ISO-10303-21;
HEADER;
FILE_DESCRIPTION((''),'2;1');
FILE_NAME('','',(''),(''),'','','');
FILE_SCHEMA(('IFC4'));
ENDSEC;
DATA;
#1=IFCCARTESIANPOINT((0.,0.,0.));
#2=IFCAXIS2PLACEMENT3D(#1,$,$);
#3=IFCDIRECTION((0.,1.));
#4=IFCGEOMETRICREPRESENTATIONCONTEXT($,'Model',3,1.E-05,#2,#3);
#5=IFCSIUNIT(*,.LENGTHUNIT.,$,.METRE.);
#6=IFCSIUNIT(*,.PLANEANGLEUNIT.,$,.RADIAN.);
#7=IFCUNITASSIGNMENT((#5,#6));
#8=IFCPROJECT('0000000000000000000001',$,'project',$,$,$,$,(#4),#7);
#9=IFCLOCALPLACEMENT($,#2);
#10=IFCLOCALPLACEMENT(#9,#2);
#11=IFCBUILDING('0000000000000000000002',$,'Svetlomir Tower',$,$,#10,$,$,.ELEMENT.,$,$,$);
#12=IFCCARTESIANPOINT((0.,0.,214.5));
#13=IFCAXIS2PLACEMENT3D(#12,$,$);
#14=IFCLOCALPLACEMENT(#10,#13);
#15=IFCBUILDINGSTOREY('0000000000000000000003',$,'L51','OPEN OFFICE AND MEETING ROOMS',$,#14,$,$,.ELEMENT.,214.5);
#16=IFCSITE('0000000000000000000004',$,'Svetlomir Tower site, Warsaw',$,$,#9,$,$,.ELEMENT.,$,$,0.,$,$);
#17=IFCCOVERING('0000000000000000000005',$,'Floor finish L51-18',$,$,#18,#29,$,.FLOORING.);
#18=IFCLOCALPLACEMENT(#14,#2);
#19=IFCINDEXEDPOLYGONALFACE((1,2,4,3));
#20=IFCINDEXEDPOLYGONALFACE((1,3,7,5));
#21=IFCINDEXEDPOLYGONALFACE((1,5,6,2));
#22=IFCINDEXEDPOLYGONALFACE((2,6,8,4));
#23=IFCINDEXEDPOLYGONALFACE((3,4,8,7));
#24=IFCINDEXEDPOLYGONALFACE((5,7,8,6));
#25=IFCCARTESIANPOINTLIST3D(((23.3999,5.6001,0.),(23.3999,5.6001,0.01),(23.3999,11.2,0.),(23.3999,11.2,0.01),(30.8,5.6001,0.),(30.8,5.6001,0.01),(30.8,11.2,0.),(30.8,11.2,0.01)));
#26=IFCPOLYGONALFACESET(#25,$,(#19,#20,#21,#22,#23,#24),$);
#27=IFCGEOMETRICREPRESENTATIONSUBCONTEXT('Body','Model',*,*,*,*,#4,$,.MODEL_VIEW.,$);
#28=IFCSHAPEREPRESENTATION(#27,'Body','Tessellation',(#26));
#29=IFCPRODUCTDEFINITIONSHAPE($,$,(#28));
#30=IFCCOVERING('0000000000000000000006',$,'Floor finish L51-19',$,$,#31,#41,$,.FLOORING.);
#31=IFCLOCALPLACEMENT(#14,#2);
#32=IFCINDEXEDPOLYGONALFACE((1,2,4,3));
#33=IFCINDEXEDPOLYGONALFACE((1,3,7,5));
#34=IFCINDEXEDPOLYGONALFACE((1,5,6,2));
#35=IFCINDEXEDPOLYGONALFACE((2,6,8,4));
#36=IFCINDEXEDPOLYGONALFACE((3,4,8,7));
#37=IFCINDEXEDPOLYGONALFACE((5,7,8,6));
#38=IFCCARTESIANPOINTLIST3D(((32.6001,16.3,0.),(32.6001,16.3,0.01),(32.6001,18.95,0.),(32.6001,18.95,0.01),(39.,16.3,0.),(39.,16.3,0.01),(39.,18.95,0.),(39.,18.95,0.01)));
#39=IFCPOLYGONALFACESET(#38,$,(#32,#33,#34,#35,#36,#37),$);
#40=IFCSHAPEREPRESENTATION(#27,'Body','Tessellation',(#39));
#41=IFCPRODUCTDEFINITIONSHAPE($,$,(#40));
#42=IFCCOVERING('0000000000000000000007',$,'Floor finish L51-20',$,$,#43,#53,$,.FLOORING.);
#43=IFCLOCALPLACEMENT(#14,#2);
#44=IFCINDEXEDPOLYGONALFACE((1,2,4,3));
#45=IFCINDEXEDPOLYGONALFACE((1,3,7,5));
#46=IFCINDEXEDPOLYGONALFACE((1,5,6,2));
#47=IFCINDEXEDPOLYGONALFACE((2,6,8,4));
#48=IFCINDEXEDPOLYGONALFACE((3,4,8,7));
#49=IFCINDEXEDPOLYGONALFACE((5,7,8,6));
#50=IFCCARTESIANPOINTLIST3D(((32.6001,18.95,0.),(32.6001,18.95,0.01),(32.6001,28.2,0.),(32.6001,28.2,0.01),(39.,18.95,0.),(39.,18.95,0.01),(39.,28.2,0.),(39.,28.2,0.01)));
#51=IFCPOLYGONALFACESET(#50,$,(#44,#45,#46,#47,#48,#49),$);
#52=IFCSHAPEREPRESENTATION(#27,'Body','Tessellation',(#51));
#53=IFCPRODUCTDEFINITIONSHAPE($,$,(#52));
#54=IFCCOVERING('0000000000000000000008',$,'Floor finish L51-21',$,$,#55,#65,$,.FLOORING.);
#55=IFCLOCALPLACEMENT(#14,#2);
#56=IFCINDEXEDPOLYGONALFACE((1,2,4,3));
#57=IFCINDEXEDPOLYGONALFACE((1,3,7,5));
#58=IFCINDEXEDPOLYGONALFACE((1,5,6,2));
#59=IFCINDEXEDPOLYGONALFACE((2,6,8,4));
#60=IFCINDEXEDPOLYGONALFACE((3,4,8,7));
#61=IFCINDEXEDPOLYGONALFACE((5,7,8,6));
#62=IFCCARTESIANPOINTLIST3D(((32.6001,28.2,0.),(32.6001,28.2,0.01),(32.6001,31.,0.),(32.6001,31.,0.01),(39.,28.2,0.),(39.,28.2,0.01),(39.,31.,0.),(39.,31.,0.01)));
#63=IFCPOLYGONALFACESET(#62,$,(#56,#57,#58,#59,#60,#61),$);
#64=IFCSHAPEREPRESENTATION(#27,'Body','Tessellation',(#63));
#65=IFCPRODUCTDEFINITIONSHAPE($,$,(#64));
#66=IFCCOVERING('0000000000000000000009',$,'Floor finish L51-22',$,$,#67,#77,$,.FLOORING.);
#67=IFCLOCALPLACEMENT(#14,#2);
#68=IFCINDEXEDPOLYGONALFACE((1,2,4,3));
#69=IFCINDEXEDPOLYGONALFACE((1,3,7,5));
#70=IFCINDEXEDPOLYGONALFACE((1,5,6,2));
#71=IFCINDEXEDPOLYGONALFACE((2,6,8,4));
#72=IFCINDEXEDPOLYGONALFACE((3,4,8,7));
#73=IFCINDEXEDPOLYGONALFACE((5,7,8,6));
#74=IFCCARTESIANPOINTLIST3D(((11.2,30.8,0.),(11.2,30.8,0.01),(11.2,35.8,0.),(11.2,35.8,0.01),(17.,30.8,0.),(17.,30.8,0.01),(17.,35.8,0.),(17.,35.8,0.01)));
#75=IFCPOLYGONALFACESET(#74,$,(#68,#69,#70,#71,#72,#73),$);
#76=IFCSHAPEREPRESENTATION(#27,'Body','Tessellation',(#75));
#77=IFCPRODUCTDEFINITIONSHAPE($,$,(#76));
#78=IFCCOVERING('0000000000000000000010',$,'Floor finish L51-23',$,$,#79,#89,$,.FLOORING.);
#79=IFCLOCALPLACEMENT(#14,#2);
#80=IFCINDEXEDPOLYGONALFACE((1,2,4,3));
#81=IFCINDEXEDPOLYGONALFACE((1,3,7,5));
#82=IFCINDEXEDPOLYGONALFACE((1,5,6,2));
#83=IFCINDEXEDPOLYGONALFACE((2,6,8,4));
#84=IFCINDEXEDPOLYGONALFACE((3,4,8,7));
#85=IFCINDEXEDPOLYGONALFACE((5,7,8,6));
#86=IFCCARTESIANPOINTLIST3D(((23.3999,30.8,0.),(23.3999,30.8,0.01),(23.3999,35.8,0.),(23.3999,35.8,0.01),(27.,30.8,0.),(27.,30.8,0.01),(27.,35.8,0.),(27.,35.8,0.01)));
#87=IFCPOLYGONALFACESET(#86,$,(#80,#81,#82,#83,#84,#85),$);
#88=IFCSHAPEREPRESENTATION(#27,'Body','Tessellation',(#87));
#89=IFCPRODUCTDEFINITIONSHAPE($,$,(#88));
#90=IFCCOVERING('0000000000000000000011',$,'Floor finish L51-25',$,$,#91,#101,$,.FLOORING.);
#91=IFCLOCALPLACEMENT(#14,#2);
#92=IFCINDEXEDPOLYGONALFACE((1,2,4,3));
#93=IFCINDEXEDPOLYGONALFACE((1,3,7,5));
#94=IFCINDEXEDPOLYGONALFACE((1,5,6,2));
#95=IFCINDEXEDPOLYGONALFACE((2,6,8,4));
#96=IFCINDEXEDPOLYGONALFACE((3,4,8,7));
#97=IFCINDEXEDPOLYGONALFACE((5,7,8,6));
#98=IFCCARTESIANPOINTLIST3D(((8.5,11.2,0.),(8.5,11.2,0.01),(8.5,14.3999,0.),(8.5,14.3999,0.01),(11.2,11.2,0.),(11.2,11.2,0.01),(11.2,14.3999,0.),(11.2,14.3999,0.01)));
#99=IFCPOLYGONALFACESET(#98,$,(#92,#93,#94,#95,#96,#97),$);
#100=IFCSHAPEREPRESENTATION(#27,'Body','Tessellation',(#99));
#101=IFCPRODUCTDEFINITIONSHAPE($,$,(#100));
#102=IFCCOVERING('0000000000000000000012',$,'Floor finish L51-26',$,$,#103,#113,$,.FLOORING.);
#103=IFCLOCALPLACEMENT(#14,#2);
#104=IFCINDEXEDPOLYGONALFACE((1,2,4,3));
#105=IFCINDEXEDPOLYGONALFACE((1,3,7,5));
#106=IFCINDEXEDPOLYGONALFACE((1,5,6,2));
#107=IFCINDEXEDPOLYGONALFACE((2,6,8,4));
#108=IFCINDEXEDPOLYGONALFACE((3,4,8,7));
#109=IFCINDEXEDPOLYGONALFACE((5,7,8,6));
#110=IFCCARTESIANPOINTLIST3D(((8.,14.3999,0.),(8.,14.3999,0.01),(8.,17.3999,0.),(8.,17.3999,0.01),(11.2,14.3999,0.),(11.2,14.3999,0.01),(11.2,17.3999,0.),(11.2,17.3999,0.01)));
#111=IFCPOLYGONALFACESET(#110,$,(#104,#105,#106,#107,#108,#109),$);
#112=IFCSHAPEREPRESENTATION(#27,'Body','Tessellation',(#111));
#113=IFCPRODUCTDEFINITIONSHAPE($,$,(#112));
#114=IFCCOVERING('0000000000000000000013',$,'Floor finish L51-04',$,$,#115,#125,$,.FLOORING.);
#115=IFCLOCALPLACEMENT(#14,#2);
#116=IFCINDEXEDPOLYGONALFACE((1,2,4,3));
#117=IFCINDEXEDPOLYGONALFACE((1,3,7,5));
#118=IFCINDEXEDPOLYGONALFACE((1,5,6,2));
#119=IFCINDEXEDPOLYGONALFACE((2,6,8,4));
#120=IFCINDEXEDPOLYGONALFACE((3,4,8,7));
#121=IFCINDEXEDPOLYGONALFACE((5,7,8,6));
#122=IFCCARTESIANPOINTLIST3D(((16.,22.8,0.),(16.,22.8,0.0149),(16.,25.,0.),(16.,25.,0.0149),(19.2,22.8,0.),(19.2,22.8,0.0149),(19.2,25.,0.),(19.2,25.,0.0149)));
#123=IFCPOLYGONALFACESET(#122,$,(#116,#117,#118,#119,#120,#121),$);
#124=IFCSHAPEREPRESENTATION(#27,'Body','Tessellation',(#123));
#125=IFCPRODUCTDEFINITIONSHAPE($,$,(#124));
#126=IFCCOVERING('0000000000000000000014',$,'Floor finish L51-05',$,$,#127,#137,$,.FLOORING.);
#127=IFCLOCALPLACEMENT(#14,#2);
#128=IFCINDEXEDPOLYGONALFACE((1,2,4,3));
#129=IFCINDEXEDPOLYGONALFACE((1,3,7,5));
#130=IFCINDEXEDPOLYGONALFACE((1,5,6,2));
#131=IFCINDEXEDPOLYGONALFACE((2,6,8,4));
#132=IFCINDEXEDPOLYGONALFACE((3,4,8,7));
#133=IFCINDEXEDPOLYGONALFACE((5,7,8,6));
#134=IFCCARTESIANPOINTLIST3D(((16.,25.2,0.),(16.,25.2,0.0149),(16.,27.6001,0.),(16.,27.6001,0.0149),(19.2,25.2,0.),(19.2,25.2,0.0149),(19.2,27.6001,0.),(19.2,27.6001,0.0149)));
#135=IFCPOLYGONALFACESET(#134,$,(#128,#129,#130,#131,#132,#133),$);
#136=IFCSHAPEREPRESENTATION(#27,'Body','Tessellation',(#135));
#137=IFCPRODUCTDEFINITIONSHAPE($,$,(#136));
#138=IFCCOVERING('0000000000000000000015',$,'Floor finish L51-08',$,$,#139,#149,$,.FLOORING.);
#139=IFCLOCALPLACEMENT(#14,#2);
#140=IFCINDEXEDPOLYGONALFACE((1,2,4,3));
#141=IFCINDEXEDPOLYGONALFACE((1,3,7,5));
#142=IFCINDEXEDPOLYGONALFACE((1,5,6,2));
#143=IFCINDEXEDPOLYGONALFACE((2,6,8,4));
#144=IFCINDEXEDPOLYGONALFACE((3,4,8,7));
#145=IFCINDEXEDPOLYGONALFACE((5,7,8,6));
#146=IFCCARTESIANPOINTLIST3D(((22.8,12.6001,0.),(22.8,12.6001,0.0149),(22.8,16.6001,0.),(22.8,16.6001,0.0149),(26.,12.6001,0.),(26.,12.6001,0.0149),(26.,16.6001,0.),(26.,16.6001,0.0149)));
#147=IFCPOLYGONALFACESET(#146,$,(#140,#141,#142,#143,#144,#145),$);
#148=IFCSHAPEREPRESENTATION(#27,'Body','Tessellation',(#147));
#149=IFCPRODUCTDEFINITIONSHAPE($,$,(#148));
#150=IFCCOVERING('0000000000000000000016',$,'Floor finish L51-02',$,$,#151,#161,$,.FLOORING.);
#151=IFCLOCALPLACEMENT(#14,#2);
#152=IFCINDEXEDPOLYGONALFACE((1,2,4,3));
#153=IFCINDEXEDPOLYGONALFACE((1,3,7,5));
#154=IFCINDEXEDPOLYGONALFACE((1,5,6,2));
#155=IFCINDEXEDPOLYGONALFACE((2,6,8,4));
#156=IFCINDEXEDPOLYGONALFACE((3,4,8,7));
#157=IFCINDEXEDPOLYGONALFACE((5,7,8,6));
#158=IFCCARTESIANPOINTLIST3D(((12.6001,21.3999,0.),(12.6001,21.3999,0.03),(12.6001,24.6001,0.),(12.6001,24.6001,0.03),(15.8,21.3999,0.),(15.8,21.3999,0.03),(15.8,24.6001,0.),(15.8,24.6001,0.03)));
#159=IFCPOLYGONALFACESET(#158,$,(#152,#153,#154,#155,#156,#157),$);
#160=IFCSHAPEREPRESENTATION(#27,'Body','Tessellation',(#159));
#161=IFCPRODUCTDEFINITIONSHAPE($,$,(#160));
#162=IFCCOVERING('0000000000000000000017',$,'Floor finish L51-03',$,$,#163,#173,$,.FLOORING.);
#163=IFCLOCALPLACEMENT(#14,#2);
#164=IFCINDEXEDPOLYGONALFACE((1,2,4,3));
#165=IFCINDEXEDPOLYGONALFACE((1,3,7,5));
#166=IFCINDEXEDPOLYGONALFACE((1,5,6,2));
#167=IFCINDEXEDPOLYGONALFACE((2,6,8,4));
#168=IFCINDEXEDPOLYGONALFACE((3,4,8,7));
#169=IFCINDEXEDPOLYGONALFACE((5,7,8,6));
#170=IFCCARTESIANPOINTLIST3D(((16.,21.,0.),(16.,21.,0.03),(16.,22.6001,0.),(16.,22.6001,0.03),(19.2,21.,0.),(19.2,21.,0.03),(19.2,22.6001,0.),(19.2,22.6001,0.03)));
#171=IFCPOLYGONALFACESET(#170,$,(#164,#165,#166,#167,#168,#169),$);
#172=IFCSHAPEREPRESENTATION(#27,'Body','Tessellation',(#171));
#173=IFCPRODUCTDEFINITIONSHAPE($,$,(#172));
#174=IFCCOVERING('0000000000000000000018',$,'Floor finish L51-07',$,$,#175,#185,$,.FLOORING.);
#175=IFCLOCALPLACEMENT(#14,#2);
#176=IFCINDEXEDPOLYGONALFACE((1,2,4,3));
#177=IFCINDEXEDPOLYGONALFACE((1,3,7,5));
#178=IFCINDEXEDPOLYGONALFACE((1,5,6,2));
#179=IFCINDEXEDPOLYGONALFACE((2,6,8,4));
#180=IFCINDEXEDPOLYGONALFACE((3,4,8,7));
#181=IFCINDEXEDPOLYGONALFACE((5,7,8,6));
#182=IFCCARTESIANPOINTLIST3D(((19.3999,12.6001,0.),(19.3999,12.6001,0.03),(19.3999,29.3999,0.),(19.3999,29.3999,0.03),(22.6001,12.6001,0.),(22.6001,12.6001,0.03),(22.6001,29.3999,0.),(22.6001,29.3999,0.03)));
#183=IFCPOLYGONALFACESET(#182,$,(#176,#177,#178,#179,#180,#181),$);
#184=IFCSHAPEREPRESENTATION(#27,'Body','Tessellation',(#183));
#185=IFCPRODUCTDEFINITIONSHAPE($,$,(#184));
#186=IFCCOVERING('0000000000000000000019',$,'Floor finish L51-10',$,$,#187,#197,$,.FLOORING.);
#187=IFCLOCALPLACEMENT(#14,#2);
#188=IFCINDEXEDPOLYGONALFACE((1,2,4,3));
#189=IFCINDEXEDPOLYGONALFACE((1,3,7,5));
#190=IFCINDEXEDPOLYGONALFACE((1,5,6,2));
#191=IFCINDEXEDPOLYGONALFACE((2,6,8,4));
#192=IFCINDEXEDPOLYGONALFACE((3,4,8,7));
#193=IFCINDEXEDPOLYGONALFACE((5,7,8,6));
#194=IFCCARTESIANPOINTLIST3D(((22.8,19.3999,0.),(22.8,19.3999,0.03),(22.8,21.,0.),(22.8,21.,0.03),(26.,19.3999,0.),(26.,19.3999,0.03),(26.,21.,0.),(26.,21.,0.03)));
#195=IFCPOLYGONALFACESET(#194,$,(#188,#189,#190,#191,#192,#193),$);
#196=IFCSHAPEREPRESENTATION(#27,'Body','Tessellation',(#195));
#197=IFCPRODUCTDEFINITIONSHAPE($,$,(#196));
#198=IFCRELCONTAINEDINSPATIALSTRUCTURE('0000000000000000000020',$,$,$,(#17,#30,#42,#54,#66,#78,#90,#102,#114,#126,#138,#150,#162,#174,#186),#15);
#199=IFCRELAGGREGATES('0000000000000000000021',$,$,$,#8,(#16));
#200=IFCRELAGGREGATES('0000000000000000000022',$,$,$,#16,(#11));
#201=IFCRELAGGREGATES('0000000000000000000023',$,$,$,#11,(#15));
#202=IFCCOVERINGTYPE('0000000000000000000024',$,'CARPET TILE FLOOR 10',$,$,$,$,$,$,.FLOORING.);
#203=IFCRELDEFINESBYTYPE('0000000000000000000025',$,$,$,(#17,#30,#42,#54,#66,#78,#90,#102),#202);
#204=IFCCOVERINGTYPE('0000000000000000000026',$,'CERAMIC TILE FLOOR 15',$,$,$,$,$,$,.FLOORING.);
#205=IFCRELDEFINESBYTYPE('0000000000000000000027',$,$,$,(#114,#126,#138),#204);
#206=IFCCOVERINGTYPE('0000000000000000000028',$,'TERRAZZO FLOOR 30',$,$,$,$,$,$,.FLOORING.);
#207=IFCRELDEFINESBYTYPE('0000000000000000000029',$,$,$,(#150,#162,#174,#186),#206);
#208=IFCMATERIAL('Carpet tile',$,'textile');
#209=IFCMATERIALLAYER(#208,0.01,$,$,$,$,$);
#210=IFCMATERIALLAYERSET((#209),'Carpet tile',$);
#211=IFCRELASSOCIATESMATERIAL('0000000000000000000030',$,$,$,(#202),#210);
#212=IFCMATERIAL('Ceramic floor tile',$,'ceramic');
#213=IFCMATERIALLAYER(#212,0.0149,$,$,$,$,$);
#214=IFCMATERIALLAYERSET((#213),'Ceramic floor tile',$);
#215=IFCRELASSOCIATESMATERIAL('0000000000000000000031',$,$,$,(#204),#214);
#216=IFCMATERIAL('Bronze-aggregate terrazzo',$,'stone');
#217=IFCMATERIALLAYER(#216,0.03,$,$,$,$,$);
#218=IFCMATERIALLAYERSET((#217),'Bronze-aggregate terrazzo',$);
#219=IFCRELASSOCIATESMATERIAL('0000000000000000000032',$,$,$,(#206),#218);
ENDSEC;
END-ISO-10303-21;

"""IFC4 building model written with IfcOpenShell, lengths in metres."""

from ifc_helpers import new_model, si_unit, direction, frame, origin, place, context, subcontext, project, spatial, polyline, outline, extrude, material, layer, layer_set, type_object, element, save


model = new_model("IFC4")

# Units and contexts
model_context = context("Model", 3, precision=1e-05, world=origin(), true_north=direction((0.0, 1.0)))
body_context = subcontext(model_context, "Body", "Model", "MODEL_VIEW")
ifc_project = project(units=[si_unit("LENGTHUNIT", "METRE"), si_unit("PLANEANGLEUNIT", "RADIAN")], contexts=[model_context])

# Site, building, storey
site_placement = place(None, origin())
site = spatial("IfcSite", under=ifc_project, at=site_placement, Name="Svetlomir Tower site, Warsaw", CompositionType="ELEMENT", RefElevation=0.0)
building_placement = place(site_placement, origin())
building = spatial("IfcBuilding", under=site, at=building_placement, Name="Svetlomir Tower", CompositionType="ELEMENT")
storey_placement = place(building_placement, frame((0.0, 0.0, 214.5)))
storey = spatial("IfcBuildingStorey", under=building, at=storey_placement, Name="L51", Description="OPEN OFFICE AND MEETING ROOMS", CompositionType="ELEMENT", Elevation=214.5)

# Coverings
ifc_material_1 = material(Name="Carpet tile", Category="textile")
ifc_layer_1 = layer(ifc_material_1, 0.01)
ifc_layer_set_1 = layer_set([ifc_layer_1], Name="Carpet tile")
covering_type_1 = type_object("IfcCoveringType", Name="CARPET TILE FLOOR 10", PredefinedType="FLOORING", material=ifc_layer_set_1)
covering_1_placement = place(storey_placement, origin())
element("IfcCovering", 1, at=covering_1_placement, inside=storey, type_object=covering_type_1, Name="Floor finish L51-18", PredefinedType="FLOORING", context=body_context, shape_type="SweptSolid", body=[
    extrude(outline(polyline([(23.3999, 5.6001), (30.8, 5.6001), (30.8, 11.2), (23.3999, 11.2), (23.3999, 5.6001)])), origin(), (0.0, 0.0, 1.0), 0.01),
])
covering_2_placement = place(storey_placement, origin())
element("IfcCovering", 2, at=covering_2_placement, inside=storey, type_object=covering_type_1, Name="Floor finish L51-19", PredefinedType="FLOORING", context=body_context, shape_type="SweptSolid", body=[
    extrude(outline(polyline([(32.6001, 16.3), (39.0, 16.3), (39.0, 18.95), (32.6001, 18.95), (32.6001, 16.3)])), origin(), (0.0, 0.0, 1.0), 0.01),
])
covering_3_placement = place(storey_placement, origin())
element("IfcCovering", 3, at=covering_3_placement, inside=storey, type_object=covering_type_1, Name="Floor finish L51-20", PredefinedType="FLOORING", context=body_context, shape_type="SweptSolid", body=[
    extrude(outline(polyline([(32.6001, 18.95), (39.0, 18.95), (39.0, 28.2), (32.6001, 28.2), (32.6001, 18.95)])), origin(), (0.0, 0.0, 1.0), 0.01),
])
covering_4_placement = place(storey_placement, origin())
element("IfcCovering", 4, at=covering_4_placement, inside=storey, type_object=covering_type_1, Name="Floor finish L51-21", PredefinedType="FLOORING", context=body_context, shape_type="SweptSolid", body=[
    extrude(outline(polyline([(32.6001, 28.2), (39.0, 28.2), (39.0, 31.0), (32.6001, 31.0), (32.6001, 28.2)])), origin(), (0.0, 0.0, 1.0), 0.01),
])
covering_5_placement = place(storey_placement, origin())
element("IfcCovering", 5, at=covering_5_placement, inside=storey, type_object=covering_type_1, Name="Floor finish L51-22", PredefinedType="FLOORING", context=body_context, shape_type="SweptSolid", body=[
    extrude(outline(polyline([(11.2, 30.8), (17.0, 30.8), (17.0, 35.8), (11.2, 35.8), (11.2, 30.8)])), origin(), (0.0, 0.0, 1.0), 0.01),
])
covering_6_placement = place(storey_placement, origin())
element("IfcCovering", 6, at=covering_6_placement, inside=storey, type_object=covering_type_1, Name="Floor finish L51-23", PredefinedType="FLOORING", context=body_context, shape_type="SweptSolid", body=[
    extrude(outline(polyline([(23.3999, 30.8), (27.0, 30.8), (27.0, 35.8), (23.3999, 35.8), (23.3999, 30.8)])), origin(), (0.0, 0.0, 1.0), 0.01),
])
covering_7_placement = place(storey_placement, origin())
element("IfcCovering", 7, at=covering_7_placement, inside=storey, type_object=covering_type_1, Name="Floor finish L51-25", PredefinedType="FLOORING", context=body_context, shape_type="SweptSolid", body=[
    extrude(outline(polyline([(8.5, 11.2), (11.2, 11.2), (11.2, 14.3999), (8.5, 14.3999), (8.5, 11.2)])), origin(), (0.0, 0.0, 1.0), 0.01),
])
covering_8_placement = place(storey_placement, origin())
element("IfcCovering", 8, at=covering_8_placement, inside=storey, type_object=covering_type_1, Name="Floor finish L51-26", PredefinedType="FLOORING", context=body_context, shape_type="SweptSolid", body=[
    extrude(outline(polyline([(8.0, 14.3999), (11.2, 14.3999), (11.2, 17.3999), (8.0, 17.3999), (8.0, 14.3999)])), origin(), (0.0, 0.0, 1.0), 0.01),
])
ifc_material_2 = material(Name="Ceramic floor tile", Category="ceramic")
ifc_layer_2 = layer(ifc_material_2, 0.0149)
ifc_layer_set_2 = layer_set([ifc_layer_2], Name="Ceramic floor tile")
covering_type_2 = type_object("IfcCoveringType", Name="CERAMIC TILE FLOOR 15", PredefinedType="FLOORING", material=ifc_layer_set_2)
covering_9_placement = place(storey_placement, origin())
element("IfcCovering", 9, at=covering_9_placement, inside=storey, type_object=covering_type_2, Name="Floor finish L51-04", PredefinedType="FLOORING", context=body_context, shape_type="SweptSolid", body=[
    extrude(outline(polyline([(16.0, 22.8), (19.2, 22.8), (19.2, 25.0), (16.0, 25.0), (16.0, 22.8)])), origin(), (0.0, 0.0, 1.0), 0.0149),
])
covering_10_placement = place(storey_placement, origin())
element("IfcCovering", 10, at=covering_10_placement, inside=storey, type_object=covering_type_2, Name="Floor finish L51-05", PredefinedType="FLOORING", context=body_context, shape_type="SweptSolid", body=[
    extrude(outline(polyline([(16.0, 25.2), (19.2, 25.2), (19.2, 27.6001), (16.0, 27.6001), (16.0, 25.2)])), origin(), (0.0, 0.0, 1.0), 0.0149),
])
covering_11_placement = place(storey_placement, origin())
element("IfcCovering", 11, at=covering_11_placement, inside=storey, type_object=covering_type_2, Name="Floor finish L51-08", PredefinedType="FLOORING", context=body_context, shape_type="SweptSolid", body=[
    extrude(outline(polyline([(22.8, 12.6001), (26.0, 12.6001), (26.0, 16.6001), (22.8, 16.6001), (22.8, 12.6001)])), origin(), (0.0, 0.0, 1.0), 0.0149),
])
ifc_material_3 = material(Name="Bronze-aggregate terrazzo", Category="stone")
ifc_layer_3 = layer(ifc_material_3, 0.03)
ifc_layer_set_3 = layer_set([ifc_layer_3], Name="Bronze-aggregate terrazzo")
covering_type_3 = type_object("IfcCoveringType", Name="TERRAZZO FLOOR 30", PredefinedType="FLOORING", material=ifc_layer_set_3)
covering_12_placement = place(storey_placement, origin())
element("IfcCovering", 12, at=covering_12_placement, inside=storey, type_object=covering_type_3, Name="Floor finish L51-02", PredefinedType="FLOORING", context=body_context, shape_type="SweptSolid", body=[
    extrude(outline(polyline([(12.6001, 21.3999), (15.8, 21.3999), (15.8, 24.6001), (12.6001, 24.6001), (12.6001, 21.3999)])), origin(), (0.0, 0.0, 1.0), 0.03),
])
covering_13_placement = place(storey_placement, origin())
element("IfcCovering", 13, at=covering_13_placement, inside=storey, type_object=covering_type_3, Name="Floor finish L51-03", PredefinedType="FLOORING", context=body_context, shape_type="SweptSolid", body=[
    extrude(outline(polyline([(16.0, 21.0), (19.2, 21.0), (19.2, 22.6001), (16.0, 22.6001), (16.0, 21.0)])), origin(), (0.0, 0.0, 1.0), 0.03),
])
covering_14_placement = place(storey_placement, origin())
element("IfcCovering", 14, at=covering_14_placement, inside=storey, type_object=covering_type_3, Name="Floor finish L51-07", PredefinedType="FLOORING", context=body_context, shape_type="SweptSolid", body=[
    extrude(outline(polyline([(19.3999, 12.6001), (22.6001, 12.6001), (22.6001, 29.3999), (19.3999, 29.3999), (19.3999, 12.6001)])), origin(), (0.0, 0.0, 1.0), 0.03),
])
covering_15_placement = place(storey_placement, origin())
element("IfcCovering", 15, at=covering_15_placement, inside=storey, type_object=covering_type_3, Name="Floor finish L51-10", PredefinedType="FLOORING", context=body_context, shape_type="SweptSolid", body=[
    extrude(outline(polyline([(22.8, 19.3999), (26.0, 19.3999), (26.0, 21.0), (22.8, 21.0), (22.8, 19.3999)])), origin(), (0.0, 0.0, 1.0), 0.03),
])

save(model, "model.ifc")
